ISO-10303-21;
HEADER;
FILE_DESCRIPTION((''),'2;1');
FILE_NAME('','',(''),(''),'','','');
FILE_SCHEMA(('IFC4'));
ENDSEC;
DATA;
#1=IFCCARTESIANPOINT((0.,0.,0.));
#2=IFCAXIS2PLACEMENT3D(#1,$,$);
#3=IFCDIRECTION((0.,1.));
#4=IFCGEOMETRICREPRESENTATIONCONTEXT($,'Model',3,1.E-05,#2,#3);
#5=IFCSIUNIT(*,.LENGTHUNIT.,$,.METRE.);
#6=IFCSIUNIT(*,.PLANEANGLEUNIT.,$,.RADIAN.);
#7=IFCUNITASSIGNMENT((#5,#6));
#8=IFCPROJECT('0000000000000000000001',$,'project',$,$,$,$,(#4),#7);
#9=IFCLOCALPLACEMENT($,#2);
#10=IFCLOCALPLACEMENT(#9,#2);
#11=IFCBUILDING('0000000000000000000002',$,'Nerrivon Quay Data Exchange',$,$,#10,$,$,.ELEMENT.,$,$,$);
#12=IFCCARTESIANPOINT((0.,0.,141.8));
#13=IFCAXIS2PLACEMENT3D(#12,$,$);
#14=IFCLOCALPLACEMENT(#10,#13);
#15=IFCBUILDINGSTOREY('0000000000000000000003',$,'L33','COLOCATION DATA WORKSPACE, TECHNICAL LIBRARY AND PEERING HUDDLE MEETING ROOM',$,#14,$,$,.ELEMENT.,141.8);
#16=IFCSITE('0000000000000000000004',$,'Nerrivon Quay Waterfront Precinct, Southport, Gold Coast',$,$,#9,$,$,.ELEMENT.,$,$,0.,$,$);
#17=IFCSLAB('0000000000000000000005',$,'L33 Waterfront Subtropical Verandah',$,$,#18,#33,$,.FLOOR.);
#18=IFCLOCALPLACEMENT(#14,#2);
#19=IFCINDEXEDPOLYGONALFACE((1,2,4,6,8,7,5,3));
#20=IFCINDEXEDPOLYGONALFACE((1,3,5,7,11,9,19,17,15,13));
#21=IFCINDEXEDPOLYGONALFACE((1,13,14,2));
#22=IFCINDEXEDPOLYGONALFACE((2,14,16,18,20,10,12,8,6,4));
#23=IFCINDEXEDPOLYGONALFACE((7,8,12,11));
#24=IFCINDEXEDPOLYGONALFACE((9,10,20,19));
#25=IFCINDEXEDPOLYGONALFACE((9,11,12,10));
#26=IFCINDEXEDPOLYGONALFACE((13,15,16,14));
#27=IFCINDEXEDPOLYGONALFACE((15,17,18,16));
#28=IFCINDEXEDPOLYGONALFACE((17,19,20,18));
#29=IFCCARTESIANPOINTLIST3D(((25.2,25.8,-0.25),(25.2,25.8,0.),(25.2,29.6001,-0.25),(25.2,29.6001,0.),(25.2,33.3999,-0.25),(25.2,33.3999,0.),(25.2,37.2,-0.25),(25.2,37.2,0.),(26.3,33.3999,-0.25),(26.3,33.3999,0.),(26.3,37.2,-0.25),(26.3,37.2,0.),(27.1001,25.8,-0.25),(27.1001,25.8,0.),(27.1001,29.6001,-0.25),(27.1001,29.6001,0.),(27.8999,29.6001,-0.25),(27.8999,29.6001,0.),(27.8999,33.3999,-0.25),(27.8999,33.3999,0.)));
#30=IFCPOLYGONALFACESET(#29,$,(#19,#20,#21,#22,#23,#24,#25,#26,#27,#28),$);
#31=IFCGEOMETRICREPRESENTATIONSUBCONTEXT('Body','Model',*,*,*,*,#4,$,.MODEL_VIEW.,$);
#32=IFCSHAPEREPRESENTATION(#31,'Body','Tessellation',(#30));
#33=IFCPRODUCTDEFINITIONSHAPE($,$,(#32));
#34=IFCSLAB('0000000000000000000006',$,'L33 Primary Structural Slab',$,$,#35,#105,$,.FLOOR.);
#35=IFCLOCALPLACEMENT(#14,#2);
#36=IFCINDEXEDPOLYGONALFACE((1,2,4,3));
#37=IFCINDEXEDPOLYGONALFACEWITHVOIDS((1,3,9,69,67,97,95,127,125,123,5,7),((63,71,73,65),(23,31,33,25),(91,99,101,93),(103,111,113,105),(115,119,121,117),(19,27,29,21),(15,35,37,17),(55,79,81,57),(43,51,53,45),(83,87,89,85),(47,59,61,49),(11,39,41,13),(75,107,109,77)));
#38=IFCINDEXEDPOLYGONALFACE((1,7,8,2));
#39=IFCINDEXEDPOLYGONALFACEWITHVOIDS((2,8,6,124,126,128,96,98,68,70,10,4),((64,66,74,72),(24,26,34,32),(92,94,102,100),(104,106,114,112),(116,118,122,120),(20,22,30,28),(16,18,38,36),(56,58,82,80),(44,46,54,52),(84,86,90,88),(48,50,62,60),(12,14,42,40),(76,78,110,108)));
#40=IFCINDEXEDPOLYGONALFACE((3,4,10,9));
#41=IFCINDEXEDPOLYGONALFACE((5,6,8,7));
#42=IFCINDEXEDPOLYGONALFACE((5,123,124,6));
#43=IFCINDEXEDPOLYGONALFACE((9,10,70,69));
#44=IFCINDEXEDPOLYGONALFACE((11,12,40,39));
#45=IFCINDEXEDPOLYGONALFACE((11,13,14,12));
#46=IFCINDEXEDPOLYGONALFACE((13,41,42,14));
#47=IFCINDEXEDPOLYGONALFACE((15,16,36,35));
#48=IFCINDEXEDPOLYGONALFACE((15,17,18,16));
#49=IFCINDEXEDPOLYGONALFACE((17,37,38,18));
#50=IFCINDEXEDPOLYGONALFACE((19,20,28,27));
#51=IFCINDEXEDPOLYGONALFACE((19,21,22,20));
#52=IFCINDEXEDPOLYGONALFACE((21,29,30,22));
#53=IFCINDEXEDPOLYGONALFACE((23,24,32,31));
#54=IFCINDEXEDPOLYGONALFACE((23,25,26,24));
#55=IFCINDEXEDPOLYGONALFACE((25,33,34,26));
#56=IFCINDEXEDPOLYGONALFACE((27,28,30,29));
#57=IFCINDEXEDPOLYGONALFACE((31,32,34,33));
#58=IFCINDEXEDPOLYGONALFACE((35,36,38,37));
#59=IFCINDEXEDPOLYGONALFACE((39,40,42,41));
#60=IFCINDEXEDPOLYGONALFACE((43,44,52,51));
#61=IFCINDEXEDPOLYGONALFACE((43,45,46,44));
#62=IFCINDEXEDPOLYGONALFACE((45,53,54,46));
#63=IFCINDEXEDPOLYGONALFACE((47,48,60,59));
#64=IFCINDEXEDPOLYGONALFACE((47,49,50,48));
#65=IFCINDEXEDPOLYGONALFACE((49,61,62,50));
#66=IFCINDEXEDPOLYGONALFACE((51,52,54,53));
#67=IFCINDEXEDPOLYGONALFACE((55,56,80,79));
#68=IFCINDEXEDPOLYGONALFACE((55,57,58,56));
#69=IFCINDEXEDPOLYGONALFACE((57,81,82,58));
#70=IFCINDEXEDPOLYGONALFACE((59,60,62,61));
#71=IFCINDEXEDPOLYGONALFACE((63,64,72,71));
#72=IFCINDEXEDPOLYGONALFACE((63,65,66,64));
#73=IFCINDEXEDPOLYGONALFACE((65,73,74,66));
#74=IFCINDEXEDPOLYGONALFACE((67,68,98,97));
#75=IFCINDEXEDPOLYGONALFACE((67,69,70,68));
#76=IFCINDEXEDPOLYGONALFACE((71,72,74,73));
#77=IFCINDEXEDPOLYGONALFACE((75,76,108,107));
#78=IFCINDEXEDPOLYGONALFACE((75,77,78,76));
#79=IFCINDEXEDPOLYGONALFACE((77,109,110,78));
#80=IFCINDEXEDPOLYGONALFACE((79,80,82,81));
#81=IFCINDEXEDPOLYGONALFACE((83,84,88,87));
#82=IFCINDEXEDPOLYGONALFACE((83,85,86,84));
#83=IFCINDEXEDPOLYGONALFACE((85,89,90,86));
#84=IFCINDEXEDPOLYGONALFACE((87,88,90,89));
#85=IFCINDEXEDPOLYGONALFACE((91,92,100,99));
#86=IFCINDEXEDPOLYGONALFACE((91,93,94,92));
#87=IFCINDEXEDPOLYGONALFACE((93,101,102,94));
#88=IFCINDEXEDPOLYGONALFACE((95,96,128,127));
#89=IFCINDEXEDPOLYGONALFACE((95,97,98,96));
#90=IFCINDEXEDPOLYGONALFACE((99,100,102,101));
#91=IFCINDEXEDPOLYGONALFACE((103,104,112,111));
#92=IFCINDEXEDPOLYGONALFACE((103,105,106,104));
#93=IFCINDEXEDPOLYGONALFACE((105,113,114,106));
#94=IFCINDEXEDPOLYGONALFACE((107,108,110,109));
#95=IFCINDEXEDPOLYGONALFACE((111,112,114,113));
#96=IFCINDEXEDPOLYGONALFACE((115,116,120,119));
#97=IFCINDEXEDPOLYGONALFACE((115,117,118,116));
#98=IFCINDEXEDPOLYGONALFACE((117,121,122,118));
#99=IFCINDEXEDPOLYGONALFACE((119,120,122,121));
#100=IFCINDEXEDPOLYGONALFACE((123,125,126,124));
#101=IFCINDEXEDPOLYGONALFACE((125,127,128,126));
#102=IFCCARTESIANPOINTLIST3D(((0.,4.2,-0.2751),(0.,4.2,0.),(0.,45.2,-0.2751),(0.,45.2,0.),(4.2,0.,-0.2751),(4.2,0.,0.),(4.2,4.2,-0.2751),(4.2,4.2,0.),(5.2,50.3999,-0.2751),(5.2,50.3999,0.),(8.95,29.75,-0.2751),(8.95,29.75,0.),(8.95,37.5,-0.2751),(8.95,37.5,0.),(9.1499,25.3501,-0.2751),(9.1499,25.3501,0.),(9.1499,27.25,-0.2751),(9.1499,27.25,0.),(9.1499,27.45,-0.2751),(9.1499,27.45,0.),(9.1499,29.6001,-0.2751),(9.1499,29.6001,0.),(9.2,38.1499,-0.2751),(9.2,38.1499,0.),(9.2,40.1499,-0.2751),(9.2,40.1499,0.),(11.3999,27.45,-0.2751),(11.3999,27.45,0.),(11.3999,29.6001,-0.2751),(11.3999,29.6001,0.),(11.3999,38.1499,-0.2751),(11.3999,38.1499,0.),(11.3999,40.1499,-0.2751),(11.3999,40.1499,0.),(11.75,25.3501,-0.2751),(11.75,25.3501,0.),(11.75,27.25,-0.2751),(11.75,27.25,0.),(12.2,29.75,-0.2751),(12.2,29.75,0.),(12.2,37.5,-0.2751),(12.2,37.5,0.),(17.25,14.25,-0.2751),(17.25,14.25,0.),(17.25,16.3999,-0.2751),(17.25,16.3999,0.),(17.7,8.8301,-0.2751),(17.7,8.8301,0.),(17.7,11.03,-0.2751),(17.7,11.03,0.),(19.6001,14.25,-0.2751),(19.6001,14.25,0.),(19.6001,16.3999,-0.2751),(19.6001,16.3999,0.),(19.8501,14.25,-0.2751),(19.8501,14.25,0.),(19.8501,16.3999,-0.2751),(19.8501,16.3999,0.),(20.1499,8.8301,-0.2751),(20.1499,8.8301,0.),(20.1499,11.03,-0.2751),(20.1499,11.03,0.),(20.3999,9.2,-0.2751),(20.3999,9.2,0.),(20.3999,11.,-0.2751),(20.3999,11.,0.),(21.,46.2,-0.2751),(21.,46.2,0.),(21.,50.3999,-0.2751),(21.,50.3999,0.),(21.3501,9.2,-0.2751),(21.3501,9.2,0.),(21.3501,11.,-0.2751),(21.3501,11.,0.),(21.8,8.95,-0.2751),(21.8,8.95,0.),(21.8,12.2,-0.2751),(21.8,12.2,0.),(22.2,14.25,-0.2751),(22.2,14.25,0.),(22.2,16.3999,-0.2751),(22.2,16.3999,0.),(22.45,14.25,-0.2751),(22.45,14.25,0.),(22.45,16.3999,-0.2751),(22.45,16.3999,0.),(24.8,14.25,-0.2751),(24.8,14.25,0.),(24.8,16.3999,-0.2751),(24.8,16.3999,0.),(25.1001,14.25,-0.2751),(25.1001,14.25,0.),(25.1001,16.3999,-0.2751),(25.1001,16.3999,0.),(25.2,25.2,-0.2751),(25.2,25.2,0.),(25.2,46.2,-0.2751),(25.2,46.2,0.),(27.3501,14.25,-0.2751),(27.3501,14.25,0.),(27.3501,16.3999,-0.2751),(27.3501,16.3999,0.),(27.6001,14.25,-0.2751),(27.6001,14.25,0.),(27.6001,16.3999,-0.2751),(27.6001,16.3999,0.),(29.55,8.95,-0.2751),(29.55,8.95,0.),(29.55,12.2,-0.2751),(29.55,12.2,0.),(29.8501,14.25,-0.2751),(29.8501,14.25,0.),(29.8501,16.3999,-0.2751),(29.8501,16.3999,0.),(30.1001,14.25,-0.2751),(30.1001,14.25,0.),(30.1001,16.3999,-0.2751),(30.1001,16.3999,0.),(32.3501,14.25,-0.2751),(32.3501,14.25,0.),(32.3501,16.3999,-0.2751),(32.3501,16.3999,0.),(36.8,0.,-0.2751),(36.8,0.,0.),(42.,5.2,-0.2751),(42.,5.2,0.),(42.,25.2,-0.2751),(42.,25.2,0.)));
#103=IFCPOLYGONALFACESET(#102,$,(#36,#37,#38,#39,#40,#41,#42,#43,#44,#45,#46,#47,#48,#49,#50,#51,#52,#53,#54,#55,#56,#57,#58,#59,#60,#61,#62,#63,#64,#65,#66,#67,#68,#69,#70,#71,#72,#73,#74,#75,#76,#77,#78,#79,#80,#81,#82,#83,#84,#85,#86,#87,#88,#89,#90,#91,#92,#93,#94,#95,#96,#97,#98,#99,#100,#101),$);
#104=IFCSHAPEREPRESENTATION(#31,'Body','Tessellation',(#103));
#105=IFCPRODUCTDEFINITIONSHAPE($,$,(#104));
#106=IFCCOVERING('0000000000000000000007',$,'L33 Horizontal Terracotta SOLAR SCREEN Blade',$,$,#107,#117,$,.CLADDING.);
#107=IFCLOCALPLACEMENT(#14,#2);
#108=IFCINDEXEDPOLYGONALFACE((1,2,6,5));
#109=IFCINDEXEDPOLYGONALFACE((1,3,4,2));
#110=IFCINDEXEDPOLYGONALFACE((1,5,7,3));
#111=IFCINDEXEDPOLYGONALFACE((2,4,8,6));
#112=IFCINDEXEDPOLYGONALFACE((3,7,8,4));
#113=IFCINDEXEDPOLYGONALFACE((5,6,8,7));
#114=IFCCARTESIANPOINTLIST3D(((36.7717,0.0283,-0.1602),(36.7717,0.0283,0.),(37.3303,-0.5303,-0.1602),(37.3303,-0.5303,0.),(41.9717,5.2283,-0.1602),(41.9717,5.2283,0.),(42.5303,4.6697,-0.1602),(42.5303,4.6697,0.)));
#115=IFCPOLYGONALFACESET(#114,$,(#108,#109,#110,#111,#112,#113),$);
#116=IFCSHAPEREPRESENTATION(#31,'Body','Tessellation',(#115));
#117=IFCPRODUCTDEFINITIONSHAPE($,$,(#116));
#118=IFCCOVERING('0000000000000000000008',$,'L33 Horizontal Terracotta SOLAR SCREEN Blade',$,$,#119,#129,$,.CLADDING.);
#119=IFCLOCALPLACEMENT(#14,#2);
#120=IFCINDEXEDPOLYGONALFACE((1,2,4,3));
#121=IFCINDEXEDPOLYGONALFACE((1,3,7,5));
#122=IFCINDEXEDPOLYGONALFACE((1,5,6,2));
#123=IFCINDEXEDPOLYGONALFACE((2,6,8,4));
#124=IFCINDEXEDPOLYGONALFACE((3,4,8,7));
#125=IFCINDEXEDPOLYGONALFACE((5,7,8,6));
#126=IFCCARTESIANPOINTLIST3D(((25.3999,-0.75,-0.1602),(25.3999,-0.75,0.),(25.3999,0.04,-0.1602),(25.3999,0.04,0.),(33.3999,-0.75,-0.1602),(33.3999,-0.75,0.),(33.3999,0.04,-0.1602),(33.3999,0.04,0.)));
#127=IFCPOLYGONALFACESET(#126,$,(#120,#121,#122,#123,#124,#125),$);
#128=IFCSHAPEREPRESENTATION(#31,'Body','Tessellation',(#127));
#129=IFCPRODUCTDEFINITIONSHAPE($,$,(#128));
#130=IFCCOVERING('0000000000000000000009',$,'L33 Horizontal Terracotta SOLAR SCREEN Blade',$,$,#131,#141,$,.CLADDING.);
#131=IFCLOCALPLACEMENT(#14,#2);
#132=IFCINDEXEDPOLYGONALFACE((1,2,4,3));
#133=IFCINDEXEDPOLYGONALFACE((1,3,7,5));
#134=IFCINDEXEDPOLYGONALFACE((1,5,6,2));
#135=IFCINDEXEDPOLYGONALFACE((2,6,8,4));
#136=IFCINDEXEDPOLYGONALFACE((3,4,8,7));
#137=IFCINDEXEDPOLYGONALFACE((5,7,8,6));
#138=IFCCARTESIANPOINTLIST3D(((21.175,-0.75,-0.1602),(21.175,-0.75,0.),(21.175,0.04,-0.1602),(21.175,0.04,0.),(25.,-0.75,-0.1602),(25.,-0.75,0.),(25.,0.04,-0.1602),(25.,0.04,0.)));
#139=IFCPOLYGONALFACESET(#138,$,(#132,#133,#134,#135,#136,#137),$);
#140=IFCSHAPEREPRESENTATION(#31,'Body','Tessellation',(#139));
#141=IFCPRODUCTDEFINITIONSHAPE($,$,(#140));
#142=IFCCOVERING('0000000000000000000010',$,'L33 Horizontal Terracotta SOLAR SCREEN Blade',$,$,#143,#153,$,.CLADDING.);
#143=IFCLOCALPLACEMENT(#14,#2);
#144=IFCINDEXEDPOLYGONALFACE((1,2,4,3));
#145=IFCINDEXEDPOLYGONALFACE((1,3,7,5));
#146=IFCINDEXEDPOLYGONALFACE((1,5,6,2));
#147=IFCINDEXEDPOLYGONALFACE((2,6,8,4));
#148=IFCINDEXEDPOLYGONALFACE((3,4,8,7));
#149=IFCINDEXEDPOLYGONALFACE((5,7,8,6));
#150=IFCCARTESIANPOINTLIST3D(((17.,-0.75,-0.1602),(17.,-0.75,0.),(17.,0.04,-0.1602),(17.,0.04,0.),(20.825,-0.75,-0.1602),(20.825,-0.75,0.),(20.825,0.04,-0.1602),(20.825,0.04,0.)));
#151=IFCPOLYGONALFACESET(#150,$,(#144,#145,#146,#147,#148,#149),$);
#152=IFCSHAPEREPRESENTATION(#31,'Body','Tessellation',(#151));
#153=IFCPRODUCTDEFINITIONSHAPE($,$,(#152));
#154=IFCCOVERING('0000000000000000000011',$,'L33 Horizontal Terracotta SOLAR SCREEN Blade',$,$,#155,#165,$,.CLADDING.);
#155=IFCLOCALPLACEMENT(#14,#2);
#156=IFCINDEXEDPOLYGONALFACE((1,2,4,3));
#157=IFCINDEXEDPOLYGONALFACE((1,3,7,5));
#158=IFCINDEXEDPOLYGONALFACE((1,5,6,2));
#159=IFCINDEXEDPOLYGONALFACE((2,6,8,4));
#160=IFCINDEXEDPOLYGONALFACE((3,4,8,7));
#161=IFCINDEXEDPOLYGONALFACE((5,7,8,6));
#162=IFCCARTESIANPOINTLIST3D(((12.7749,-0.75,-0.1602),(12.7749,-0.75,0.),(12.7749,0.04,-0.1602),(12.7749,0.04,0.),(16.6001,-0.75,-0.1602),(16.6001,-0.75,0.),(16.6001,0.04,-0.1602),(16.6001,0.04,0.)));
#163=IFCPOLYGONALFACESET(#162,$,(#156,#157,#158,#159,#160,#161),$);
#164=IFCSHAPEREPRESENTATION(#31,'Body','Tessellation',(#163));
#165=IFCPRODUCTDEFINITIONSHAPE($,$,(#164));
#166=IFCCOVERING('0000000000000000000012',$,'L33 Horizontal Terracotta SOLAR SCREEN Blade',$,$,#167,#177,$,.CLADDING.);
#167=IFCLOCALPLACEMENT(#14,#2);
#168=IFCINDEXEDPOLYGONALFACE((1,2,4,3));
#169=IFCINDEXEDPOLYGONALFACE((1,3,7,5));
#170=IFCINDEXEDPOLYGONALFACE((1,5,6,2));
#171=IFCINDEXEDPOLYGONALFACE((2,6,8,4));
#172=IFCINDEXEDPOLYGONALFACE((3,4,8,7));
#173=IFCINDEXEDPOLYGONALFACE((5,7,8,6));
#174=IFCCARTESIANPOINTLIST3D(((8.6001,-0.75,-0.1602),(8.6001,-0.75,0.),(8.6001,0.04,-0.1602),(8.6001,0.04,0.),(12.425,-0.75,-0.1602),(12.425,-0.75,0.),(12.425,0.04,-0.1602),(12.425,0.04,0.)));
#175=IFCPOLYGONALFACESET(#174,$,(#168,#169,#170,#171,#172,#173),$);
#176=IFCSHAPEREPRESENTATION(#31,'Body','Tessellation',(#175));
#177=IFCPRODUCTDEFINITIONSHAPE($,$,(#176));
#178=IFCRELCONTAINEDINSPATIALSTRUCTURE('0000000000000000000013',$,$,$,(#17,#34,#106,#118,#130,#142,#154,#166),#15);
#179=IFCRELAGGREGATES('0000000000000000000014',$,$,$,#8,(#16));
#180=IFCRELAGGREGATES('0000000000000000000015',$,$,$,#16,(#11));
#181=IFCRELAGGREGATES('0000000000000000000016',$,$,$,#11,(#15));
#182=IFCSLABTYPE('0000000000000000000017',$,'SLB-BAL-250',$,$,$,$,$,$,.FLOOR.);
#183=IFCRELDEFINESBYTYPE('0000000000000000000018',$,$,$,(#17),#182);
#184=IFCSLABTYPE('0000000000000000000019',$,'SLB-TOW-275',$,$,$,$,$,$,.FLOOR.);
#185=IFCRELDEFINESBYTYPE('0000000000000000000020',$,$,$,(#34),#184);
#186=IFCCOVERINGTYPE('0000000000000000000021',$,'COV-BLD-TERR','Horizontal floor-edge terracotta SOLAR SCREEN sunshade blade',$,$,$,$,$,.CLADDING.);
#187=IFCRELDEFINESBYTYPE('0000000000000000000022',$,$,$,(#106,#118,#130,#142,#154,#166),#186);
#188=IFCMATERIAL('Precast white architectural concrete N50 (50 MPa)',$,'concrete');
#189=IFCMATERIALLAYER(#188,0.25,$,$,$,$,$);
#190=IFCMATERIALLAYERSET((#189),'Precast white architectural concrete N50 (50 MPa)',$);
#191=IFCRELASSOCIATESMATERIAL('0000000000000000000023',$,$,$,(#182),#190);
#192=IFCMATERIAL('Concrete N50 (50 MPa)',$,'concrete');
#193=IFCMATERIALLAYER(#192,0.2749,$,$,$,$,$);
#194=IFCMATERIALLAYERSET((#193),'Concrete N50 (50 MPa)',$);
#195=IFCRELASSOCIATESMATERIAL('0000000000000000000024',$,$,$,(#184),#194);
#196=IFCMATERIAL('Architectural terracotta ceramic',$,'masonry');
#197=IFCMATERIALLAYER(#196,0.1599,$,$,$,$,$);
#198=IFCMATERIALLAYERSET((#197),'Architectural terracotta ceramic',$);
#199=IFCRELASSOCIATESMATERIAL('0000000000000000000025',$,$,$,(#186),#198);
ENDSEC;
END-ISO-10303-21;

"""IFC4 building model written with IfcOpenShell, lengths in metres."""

from ifc_helpers import new_model, si_unit, direction, frame, origin, place, context, subcontext, project, spatial, polyline, outline, extrude, material, layer, layer_set, type_object, element, save


model = new_model("IFC4")

# Units and contexts
model_context = context("Model", 3, precision=1e-05, world=origin(), true_north=direction((0.0, 1.0)))
body_context = subcontext(model_context, "Body", "Model", "MODEL_VIEW")
ifc_project = project(units=[si_unit("LENGTHUNIT", "METRE"), si_unit("PLANEANGLEUNIT", "RADIAN")], contexts=[model_context])

# Site, building, storey
site_placement = place(None, origin())
site = spatial("IfcSite", under=ifc_project, at=site_placement, Name="Nerrivon Quay Waterfront Precinct, Southport, Gold Coast", CompositionType="ELEMENT", RefElevation=0.0)
building_placement = place(site_placement, origin())
building = spatial("IfcBuilding", under=site, at=building_placement, Name="Nerrivon Quay Data Exchange", CompositionType="ELEMENT")
storey_placement = place(building_placement, frame((0.0, 0.0, 141.8)))
storey = spatial("IfcBuildingStorey", under=building, at=storey_placement, Name="L33", Description="COLOCATION DATA WORKSPACE, TECHNICAL LIBRARY AND PEERING HUDDLE MEETING ROOM", CompositionType="ELEMENT", Elevation=141.8)

# Slabs
ifc_material_1 = material(Name="Precast white architectural concrete N50 (50 MPa)", Category="concrete")
ifc_layer_1 = layer(ifc_material_1, 0.25)
ifc_layer_set_1 = layer_set([ifc_layer_1], Name="Precast white architectural concrete N50 (50 MPa)")
slab_type_1 = type_object("IfcSlabType", Name="SLB-BAL-250", PredefinedType="FLOOR", material=ifc_layer_set_1)
slab_1_placement = place(storey_placement, frame((0.0, 0.0, -0.25)))
element("IfcSlab", 1, at=slab_1_placement, inside=storey, type_object=slab_type_1, Name="L33 Waterfront Subtropical Verandah", PredefinedType="FLOOR", context=body_context, shape_type="SweptSolid", body=[
    extrude(outline(polyline([(27.1001, 29.6001), (27.8999, 29.6001), (27.8999, 33.3999), (26.3, 33.3999), (26.3, 37.2), (25.2, 37.2), (25.2, 33.3999), (25.2, 29.6001), (25.2, 25.8), (27.1001, 25.8), (27.1001, 29.6001)])), origin(), (0.0, 0.0, 1.0), 0.25),
])
ifc_material_2 = material(Name="Concrete N50 (50 MPa)", Category="concrete")
ifc_layer_2 = layer(ifc_material_2, 0.2749)
ifc_layer_set_2 = layer_set([ifc_layer_2], Name="Concrete N50 (50 MPa)")
slab_type_2 = type_object("IfcSlabType", Name="SLB-TOW-275", PredefinedType="FLOOR", material=ifc_layer_set_2)
slab_2_placement = place(storey_placement, frame((0.0, 0.0, -0.2751)))
element("IfcSlab", 2, at=slab_2_placement, inside=storey, type_object=slab_type_2, Name="L33 Primary Structural Slab", PredefinedType="FLOOR", context=body_context, shape_type="SweptSolid", body=[
    extrude(outline(polyline([(42.0, 25.2), (25.2, 25.2), (25.2, 46.2), (21.0, 46.2), (21.0, 50.3999), (5.2, 50.3999), (0.0, 45.2), (0.0, 4.2), (4.2, 4.2), (4.2, 0.0), (36.8, 0.0), (42.0, 5.2), (42.0, 25.2)]), holes=[polyline([(8.95, 29.75), (8.95, 37.5), (12.2, 37.5), (12.2, 29.75), (8.95, 29.75)]), polyline([(21.8, 12.2), (29.55, 12.2), (29.55, 8.95), (21.8, 8.95), (21.8, 12.2)]), polyline([(30.1001, 16.3999), (32.3501, 16.3999), (32.3501, 14.25), (30.1001, 14.25), (30.1001, 16.3999)]), polyline([(27.6001, 16.3999), (29.8501, 16.3999), (29.8501, 14.25), (27.6001, 14.25), (27.6001, 16.3999)]), polyline([(25.1001, 14.25), (25.1001, 16.3999), (27.3501, 16.3999), (27.3501, 14.25), (25.1001, 14.25)]), polyline([(22.45, 16.3999), (24.8, 16.3999), (24.8, 14.25), (22.45, 14.25), (22.45, 16.3999)]), polyline([(19.8501, 16.3999), (22.2, 16.3999), (22.2, 14.25), (19.8501, 14.25), (19.8501, 16.3999)]), polyline([(20.3999, 9.2), (20.3999, 11.0), (21.3501, 11.0), (21.3501, 9.2), (20.3999, 9.2)]), polyline([(17.7, 8.8301), (17.7, 11.03), (20.1499, 11.03), (20.1499, 8.8301), (17.7, 8.8301)]), polyline([(17.25, 14.25), (17.25, 16.3999), (19.6001, 16.3999), (19.6001, 14.25), (17.25, 14.25)]), polyline([(9.1499, 27.25), (11.75, 27.25), (11.75, 25.3501), (9.1499, 25.3501), (9.1499, 27.25)]), polyline([(9.1499, 29.6001), (11.3999, 29.6001), (11.3999, 27.45), (9.1499, 27.45), (9.1499, 29.6001)]), polyline([(9.2, 38.1499), (9.2, 40.1499), (11.3999, 40.1499), (11.3999, 38.1499), (9.2, 38.1499)])]), origin(), (0.0, 0.0, 1.0), 0.2751),
])

# Coverings
ifc_material_3 = material(Name="Architectural terracotta ceramic", Category="masonry")
ifc_layer_3 = layer(ifc_material_3, 0.1599)
ifc_layer_set_3 = layer_set([ifc_layer_3], Name="Architectural terracotta ceramic")
covering_type = type_object("IfcCoveringType", Name="COV-BLD-TERR", Description="Horizontal floor-edge terracotta SOLAR SCREEN sunshade blade", PredefinedType="CLADDING", material=ifc_layer_set_3)
covering_1_placement = place(storey_placement, frame((0.0, 0.0, -0.1602)))
element("IfcCovering", 3, at=covering_1_placement, inside=storey, type_object=covering_type, Name="L33 Horizontal Terracotta SOLAR SCREEN Blade", PredefinedType="CLADDING", context=body_context, shape_type="SweptSolid", body=[
    extrude(outline(polyline([(41.9717, 5.2283), (36.7717, 0.0283), (37.3303, -0.5303), (42.5303, 4.6697), (41.9717, 5.2283)])), origin(), (0.0, 0.0, 1.0), 0.1602),
])
covering_2_placement = place(storey_placement, frame((0.0, 0.0, -0.1602)))
element("IfcCovering", 4, at=covering_2_placement, inside=storey, type_object=covering_type, Name="L33 Horizontal Terracotta SOLAR SCREEN Blade", PredefinedType="CLADDING", context=body_context, shape_type="SweptSolid", body=[
    extrude(outline(polyline([(33.3999, 0.04), (25.3999, 0.04), (25.3999, -0.75), (33.3999, -0.75), (33.3999, 0.04)])), origin(), (0.0, 0.0, 1.0), 0.1602),
])
covering_3_placement = place(storey_placement, frame((0.0, 0.0, -0.1602)))
element("IfcCovering", 5, at=covering_3_placement, inside=storey, type_object=covering_type, Name="L33 Horizontal Terracotta SOLAR SCREEN Blade", PredefinedType="CLADDING", context=body_context, shape_type="SweptSolid", body=[
    extrude(outline(polyline([(25.0, 0.04), (21.175, 0.04), (21.175, -0.75), (25.0, -0.75), (25.0, 0.04)])), origin(), (0.0, 0.0, 1.0), 0.1602),
])
covering_4_placement = place(storey_placement, frame((0.0, 0.0, -0.1602)))
element("IfcCovering", 6, at=covering_4_placement, inside=storey, type_object=covering_type, Name="L33 Horizontal Terracotta SOLAR SCREEN Blade", PredefinedType="CLADDING", context=body_context, shape_type="SweptSolid", body=[
    extrude(outline(polyline([(20.825, 0.04), (17.0, 0.04), (17.0, -0.75), (20.825, -0.75), (20.825, 0.04)])), origin(), (0.0, 0.0, 1.0), 0.1602),
])
covering_5_placement = place(storey_placement, frame((0.0, 0.0, -0.1602)))
element("IfcCovering", 7, at=covering_5_placement, inside=storey, type_object=covering_type, Name="L33 Horizontal Terracotta SOLAR SCREEN Blade", PredefinedType="CLADDING", context=body_context, shape_type="SweptSolid", body=[
    extrude(outline(polyline([(16.6001, 0.04), (12.7749, 0.04), (12.7749, -0.75), (16.6001, -0.75), (16.6001, 0.04)])), origin(), (0.0, 0.0, 1.0), 0.1602),
])
covering_6_placement = place(storey_placement, frame((0.0, 0.0, -0.1602)))
element("IfcCovering", 8, at=covering_6_placement, inside=storey, type_object=covering_type, Name="L33 Horizontal Terracotta SOLAR SCREEN Blade", PredefinedType="CLADDING", context=body_context, shape_type="SweptSolid", body=[
    extrude(outline(polyline([(12.425, 0.04), (8.6001, 0.04), (8.6001, -0.75), (12.425, -0.75), (12.425, 0.04)])), origin(), (0.0, 0.0, 1.0), 0.1602),
])

save(model, "model.ifc")
